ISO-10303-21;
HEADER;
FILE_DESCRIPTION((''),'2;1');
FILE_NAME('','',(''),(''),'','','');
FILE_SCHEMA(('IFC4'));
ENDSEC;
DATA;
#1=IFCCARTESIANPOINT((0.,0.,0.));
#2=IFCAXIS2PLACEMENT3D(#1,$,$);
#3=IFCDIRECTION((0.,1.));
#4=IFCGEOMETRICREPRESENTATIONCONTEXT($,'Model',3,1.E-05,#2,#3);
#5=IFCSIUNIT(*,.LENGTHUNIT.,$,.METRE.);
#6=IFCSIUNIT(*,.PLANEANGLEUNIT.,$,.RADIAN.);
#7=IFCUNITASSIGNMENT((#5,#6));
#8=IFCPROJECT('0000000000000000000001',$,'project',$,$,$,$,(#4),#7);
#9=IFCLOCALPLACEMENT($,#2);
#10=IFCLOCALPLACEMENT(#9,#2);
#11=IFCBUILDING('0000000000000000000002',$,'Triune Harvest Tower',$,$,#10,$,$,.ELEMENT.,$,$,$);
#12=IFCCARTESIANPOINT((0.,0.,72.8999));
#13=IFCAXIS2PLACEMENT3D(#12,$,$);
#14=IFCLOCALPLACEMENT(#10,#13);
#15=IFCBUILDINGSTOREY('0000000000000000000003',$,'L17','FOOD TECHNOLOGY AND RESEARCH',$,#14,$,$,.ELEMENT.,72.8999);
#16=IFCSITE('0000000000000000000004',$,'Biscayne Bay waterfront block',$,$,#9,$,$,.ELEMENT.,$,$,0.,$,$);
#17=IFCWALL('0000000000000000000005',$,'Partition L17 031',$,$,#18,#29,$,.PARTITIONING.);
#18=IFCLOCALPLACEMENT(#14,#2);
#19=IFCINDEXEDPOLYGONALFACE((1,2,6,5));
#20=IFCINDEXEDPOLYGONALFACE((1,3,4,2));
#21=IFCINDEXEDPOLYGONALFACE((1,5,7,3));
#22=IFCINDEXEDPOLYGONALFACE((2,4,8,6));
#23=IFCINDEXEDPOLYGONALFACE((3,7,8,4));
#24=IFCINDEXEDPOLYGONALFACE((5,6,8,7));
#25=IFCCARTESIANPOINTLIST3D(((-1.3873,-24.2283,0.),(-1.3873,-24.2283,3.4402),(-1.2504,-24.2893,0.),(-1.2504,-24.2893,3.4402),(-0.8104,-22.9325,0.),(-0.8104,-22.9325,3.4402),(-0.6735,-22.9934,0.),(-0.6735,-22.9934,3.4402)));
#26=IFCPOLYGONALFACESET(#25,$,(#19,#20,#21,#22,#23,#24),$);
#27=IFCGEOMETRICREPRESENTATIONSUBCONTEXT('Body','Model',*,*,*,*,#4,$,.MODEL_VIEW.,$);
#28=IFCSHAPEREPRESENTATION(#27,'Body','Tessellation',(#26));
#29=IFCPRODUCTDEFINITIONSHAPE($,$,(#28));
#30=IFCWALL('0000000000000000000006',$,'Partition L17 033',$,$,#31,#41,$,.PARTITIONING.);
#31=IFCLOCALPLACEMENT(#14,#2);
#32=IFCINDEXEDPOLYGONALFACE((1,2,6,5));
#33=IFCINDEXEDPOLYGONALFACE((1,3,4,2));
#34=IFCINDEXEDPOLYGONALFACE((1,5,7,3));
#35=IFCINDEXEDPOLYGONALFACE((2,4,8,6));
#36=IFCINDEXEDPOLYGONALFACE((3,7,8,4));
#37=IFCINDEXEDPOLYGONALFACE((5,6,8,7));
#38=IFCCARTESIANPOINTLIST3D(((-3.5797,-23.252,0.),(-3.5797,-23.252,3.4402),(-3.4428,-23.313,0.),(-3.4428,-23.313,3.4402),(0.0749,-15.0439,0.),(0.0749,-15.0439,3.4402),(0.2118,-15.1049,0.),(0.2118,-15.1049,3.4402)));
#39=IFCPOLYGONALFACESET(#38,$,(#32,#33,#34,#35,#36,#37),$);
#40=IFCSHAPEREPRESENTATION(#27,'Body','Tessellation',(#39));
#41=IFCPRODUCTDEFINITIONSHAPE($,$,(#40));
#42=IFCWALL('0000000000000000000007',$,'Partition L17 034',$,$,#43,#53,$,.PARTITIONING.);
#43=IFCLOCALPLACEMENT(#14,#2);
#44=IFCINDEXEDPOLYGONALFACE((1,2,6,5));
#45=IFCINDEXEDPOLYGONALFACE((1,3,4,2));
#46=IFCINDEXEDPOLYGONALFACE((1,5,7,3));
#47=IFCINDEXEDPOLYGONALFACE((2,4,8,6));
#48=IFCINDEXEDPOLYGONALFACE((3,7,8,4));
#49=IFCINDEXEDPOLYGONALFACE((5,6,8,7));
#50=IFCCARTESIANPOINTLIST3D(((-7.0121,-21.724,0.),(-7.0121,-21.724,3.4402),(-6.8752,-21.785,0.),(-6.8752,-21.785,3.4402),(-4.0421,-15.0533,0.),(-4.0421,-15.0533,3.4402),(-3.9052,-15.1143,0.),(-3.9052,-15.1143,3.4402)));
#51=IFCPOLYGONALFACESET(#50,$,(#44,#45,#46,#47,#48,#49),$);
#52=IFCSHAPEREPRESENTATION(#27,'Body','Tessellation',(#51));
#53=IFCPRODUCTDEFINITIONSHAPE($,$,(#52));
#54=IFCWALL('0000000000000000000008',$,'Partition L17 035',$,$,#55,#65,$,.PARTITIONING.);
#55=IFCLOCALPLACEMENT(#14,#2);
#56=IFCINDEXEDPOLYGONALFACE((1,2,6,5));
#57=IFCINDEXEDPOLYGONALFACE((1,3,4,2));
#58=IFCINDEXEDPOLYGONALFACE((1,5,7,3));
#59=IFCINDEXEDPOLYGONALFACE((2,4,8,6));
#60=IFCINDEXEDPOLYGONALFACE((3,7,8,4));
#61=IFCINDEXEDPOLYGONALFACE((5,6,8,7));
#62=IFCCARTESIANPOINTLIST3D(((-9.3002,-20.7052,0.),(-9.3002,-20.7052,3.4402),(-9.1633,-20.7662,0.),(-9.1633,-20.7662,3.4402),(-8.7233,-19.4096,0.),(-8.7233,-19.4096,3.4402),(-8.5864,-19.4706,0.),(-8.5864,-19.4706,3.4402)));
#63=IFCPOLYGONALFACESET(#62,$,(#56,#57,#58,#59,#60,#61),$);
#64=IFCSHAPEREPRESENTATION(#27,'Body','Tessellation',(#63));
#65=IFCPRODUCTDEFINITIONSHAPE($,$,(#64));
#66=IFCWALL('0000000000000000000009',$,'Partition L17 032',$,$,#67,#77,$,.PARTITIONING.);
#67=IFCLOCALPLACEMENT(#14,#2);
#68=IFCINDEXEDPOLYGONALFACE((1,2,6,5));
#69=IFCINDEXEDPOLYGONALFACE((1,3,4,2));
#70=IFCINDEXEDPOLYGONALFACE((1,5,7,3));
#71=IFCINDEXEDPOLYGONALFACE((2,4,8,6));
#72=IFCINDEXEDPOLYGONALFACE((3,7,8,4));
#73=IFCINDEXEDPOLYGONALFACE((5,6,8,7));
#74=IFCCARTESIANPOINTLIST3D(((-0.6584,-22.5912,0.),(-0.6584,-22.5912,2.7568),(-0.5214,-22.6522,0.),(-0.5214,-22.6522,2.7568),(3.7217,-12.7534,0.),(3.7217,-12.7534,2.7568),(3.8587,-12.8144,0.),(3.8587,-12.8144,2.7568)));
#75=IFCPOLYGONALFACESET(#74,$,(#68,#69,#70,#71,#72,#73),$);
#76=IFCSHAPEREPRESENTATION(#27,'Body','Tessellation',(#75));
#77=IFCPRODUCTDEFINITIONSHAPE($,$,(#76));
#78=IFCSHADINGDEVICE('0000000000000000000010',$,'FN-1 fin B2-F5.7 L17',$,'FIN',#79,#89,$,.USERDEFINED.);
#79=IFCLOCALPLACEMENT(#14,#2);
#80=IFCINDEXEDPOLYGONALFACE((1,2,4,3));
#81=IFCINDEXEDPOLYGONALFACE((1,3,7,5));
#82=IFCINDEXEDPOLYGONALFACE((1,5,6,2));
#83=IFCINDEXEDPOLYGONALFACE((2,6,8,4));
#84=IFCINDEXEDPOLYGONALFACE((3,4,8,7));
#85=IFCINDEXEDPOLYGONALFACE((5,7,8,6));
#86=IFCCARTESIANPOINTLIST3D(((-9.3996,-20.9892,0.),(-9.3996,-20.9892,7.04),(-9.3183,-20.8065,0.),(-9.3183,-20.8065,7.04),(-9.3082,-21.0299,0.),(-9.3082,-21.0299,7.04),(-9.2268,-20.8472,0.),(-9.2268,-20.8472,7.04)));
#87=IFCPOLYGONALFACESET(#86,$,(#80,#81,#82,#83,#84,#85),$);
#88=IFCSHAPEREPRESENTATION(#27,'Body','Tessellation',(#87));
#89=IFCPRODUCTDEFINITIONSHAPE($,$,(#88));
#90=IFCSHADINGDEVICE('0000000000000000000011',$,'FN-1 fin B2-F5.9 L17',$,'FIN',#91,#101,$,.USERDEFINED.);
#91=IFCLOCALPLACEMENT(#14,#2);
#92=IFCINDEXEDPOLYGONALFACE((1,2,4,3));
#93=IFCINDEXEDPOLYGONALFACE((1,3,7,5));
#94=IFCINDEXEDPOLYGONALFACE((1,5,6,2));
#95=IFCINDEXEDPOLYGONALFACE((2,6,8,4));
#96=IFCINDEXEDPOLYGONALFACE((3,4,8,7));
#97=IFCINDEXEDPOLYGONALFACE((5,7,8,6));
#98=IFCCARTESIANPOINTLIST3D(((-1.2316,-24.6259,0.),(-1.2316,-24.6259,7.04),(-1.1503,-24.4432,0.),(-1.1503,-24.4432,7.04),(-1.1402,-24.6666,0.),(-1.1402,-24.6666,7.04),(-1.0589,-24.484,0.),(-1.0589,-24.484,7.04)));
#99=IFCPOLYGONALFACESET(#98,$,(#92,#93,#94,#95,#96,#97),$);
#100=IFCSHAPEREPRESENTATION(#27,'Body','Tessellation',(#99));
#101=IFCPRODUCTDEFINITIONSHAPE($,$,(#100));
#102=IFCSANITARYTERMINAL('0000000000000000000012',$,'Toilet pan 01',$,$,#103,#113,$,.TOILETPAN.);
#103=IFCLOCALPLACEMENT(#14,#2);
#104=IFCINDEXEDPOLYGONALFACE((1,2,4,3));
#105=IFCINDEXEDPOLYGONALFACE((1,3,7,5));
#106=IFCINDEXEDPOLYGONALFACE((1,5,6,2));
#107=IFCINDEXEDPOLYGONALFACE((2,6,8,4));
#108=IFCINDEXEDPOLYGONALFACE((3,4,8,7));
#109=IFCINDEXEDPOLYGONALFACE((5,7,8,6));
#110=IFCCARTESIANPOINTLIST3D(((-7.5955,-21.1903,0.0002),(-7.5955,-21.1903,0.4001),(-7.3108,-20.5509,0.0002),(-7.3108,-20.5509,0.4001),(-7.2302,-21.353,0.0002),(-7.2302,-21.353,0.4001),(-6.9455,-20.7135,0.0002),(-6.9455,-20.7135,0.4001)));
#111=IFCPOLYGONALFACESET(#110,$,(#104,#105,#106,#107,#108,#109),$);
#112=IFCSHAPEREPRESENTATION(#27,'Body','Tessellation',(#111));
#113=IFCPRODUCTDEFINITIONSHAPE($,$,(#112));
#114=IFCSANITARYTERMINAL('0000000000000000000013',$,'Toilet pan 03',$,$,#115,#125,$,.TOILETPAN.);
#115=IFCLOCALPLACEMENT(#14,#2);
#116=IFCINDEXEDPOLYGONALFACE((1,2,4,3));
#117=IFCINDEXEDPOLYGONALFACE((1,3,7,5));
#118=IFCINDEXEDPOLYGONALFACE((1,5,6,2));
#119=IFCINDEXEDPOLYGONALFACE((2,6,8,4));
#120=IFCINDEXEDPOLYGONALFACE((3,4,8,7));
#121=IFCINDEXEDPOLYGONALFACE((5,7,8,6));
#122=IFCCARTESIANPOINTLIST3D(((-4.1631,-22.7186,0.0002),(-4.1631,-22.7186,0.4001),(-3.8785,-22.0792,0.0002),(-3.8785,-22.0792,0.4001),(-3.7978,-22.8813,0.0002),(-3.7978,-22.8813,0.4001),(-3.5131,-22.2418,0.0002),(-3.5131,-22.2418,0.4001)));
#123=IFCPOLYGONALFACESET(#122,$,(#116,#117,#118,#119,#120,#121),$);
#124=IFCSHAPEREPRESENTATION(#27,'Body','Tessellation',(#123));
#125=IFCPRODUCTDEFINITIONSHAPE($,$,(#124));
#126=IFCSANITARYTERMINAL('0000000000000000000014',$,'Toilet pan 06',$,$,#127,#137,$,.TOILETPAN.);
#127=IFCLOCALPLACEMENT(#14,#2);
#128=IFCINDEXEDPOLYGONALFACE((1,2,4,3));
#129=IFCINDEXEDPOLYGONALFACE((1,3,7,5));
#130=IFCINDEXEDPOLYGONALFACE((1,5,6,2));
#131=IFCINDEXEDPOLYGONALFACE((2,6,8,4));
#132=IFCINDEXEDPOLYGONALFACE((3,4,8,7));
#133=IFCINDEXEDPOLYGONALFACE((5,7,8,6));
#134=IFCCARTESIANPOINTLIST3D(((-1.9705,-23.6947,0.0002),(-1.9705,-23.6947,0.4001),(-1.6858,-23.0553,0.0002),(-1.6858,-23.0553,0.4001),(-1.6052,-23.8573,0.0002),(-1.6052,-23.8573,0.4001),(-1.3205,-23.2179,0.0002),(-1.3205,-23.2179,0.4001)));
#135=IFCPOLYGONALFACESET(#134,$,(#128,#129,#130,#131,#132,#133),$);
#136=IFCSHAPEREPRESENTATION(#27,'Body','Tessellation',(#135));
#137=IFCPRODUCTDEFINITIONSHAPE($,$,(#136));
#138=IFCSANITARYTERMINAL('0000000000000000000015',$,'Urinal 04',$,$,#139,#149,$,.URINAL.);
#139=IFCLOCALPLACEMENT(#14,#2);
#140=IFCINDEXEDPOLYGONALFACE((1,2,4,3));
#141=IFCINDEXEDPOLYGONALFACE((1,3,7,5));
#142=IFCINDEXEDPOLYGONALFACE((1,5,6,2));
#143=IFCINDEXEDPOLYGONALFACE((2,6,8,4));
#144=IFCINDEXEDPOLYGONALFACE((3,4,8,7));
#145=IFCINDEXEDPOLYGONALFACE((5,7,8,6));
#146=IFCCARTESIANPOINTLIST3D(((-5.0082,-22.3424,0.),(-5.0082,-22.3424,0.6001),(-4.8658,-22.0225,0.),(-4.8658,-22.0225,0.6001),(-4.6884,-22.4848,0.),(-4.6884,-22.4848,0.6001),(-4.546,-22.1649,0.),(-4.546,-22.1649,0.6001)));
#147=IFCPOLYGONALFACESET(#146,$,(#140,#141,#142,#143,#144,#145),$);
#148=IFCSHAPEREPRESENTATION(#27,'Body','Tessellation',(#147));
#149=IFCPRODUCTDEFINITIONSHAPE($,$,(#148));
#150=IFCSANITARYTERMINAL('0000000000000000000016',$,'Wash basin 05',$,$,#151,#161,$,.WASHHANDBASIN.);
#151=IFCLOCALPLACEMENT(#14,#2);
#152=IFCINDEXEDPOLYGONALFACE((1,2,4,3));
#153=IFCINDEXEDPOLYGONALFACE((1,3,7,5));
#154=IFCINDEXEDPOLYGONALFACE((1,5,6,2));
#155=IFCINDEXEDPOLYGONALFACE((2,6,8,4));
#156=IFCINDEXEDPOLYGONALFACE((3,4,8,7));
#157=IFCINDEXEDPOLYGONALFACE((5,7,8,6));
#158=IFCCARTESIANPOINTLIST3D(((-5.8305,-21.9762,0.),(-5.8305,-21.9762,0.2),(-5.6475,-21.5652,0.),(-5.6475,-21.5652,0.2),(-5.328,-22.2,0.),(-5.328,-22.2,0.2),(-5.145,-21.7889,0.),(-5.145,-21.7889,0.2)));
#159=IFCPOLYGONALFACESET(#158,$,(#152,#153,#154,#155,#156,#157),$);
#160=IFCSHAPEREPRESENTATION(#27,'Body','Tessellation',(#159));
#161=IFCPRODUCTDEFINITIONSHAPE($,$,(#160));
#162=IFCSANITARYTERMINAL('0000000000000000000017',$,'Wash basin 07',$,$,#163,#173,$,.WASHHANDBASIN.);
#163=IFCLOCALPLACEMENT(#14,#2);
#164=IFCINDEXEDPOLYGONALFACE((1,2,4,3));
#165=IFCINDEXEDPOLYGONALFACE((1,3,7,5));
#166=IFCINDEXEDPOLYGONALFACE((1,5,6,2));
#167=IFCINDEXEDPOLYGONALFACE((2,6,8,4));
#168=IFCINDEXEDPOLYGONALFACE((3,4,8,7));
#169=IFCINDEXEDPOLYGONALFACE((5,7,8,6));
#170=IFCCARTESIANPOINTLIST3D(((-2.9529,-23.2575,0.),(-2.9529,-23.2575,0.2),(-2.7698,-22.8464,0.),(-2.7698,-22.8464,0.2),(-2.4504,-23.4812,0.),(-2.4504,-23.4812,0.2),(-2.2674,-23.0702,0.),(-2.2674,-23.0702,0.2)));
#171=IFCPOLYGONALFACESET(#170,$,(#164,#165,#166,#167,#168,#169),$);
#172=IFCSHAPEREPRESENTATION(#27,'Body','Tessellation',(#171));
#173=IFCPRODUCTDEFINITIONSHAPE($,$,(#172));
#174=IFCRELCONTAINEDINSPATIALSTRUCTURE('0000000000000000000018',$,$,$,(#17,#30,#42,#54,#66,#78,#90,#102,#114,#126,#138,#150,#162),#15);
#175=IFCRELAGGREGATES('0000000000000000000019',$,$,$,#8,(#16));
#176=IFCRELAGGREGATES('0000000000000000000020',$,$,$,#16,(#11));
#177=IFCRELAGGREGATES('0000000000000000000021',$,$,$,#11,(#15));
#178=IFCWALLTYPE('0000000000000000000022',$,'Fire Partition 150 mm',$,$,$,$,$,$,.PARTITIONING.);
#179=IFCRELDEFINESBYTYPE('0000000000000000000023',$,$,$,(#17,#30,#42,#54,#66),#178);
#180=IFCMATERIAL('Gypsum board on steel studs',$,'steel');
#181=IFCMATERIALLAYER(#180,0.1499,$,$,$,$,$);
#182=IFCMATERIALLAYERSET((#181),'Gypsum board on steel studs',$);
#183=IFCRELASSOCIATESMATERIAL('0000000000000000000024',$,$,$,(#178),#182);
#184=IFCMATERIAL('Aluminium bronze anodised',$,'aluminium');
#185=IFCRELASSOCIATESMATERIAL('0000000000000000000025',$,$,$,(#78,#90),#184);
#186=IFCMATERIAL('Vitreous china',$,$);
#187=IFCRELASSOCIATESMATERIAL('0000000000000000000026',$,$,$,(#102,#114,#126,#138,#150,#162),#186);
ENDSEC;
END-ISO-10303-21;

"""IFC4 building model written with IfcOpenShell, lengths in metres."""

from ifc_helpers import new_model, si_unit, direction, frame, frame_2d, origin, origin_2d, place, context, subcontext, project, spatial, rectangle, extrude, source, transform, mapped, material, layer, layer_set, type_object, element, save


model = new_model("IFC4")

# Units and contexts
model_context = context("Model", 3, precision=1e-05, world=origin(), true_north=direction((0.0, 1.0)))
body_context = subcontext(model_context, "Body", "Model", "MODEL_VIEW")
ifc_project = project(units=[si_unit("LENGTHUNIT", "METRE"), si_unit("PLANEANGLEUNIT", "RADIAN")], contexts=[model_context])

# Site, building, storey
site_placement = place(None, origin())
site = spatial("IfcSite", under=ifc_project, at=site_placement, Name="Biscayne Bay waterfront block", CompositionType="ELEMENT", RefElevation=0.0)
building_placement = place(site_placement, origin())
building = spatial("IfcBuilding", under=site, at=building_placement, Name="Triune Harvest Tower", CompositionType="ELEMENT")
storey_placement = place(building_placement, frame((0.0, 0.0, 72.8999)))
storey = spatial("IfcBuildingStorey", under=building, at=storey_placement, Name="L17", Description="FOOD TECHNOLOGY AND RESEARCH", CompositionType="ELEMENT", Elevation=72.8999)

# Walls
ifc_material_1 = material(Name="Gypsum board on steel studs", Category="steel")
ifc_layer_1 = layer(ifc_material_1, 0.1499)
ifc_layer_set_1 = layer_set([ifc_layer_1], Name="Gypsum board on steel studs")
wall_type = type_object("IfcWallType", Name="Fire Partition 150 mm", PredefinedType="PARTITIONING", material=ifc_layer_set_1)
wall_1_placement = place(storey_placement, frame((-1.3188, -24.2588, 0.0), z_axis=(0.0, 0.0, 1.0), x_axis=(0.406697, 0.913563, 0.0)))
element("IfcWall", 1, at=wall_1_placement, inside=storey, type_object=wall_type, Name="Partition L17 031", PredefinedType="PARTITIONING", context=body_context, shape_type="SweptSolid", body=[
    extrude(rectangle(XDim=1.4185, YDim=0.1499, at=frame_2d((0.7092, 0.0))), origin(), (0.0, 0.0, 1.0), 3.4402),
])
wall_2_placement = place(storey_placement, frame((-3.5112, -23.2825, 0.0), z_axis=(0.0, 0.0, 1.0), x_axis=(0.406746, 0.913541, 0.0)))
element("IfcWall", 2, at=wall_2_placement, inside=storey, type_object=wall_type, Name="Partition L17 033", PredefinedType="PARTITIONING", context=body_context, shape_type="SweptSolid", body=[
    extrude(rectangle(XDim=8.9849, YDim=0.1499, at=frame_2d((4.4924, 0.0))), origin(), (0.0, 0.0, 1.0), 3.4402),
])
wall_3_placement = place(storey_placement, frame((-6.9436, -21.7544, 0.0), z_axis=(0.0, 0.0, 1.0), x_axis=(0.406737, 0.913545, 0.0)))
element("IfcWall", 3, at=wall_3_placement, inside=storey, type_object=wall_type, Name="Partition L17 034", PredefinedType="PARTITIONING", context=body_context, shape_type="SweptSolid", body=[
    extrude(rectangle(XDim=7.302, YDim=0.1499, at=frame_2d((3.6509, 0.0))), origin(), (0.0, 0.0, 1.0), 3.4402),
])
wall_4_placement = place(storey_placement, frame((-9.2317, -20.7356, 0.0), z_axis=(0.0, 0.0, 1.0), x_axis=(0.406761, 0.913534, 0.0)))
element("IfcWall", 4, at=wall_4_placement, inside=storey, type_object=wall_type, Name="Partition L17 035", PredefinedType="PARTITIONING", context=body_context, shape_type="SweptSolid", body=[
    extrude(rectangle(XDim=1.4182, YDim=0.1499, at=frame_2d((0.709, 0.0))), origin(), (0.0, 0.0, 1.0), 3.4402),
])
shared_shape_1 = source(origin(), body_context, "Body", "SweptSolid", [
    extrude(rectangle(XDim=10.7688, YDim=0.1499, at=frame_2d((5.3843, 0.0))), origin(), (0.0, 0.0, 1.0), 2.7568),
])
wall_5_placement = place(storey_placement, frame((-0.5898, -22.6216, 0.0), z_axis=(0.0, 0.0, 1.0), x_axis=(0.406738, 0.913545, 0.0)))
element("IfcWall", 5, at=wall_5_placement, inside=storey, type_object=wall_type, Name="Partition L17 032", PredefinedType="PARTITIONING", context=body_context, shape_type="MappedRepresentation", body=[
    mapped(shared_shape_1, transform((0.0, 0.0, 0.0), scale=1.0)),
])

# Shading devices
ifc_material_2 = material(Name="Aluminium bronze anodised", Category="aluminium")
shared_shape_2 = source(origin(), body_context, "Body", "SweptSolid", [
    extrude(rectangle(XDim=0.1001, YDim=0.2, at=origin_2d()), origin(), (0.0, 0.0, 1.0), 7.04),
])
for number, where, z_axis, x_axis, name in (
    (6, (-9.3132, -20.9182, 0.0), (0.0, 0.0, 1.0), (0.913545, -0.406737, 0.0), "FN-1 fin B2-F5.7 L17"),
    (7, (-1.1453, -24.5549, 0.0), (0.0, 0.0, 1.0), (0.913545, -0.406737, 0.0), "FN-1 fin B2-F5.9 L17"),
):
    element("IfcShadingDevice", number, at=place(storey_placement, frame(where, z_axis=z_axis, x_axis=x_axis)), inside=storey, material=ifc_material_2, Name=name, ObjectType="FIN", PredefinedType="USERDEFINED", context=body_context, shape_type="MappedRepresentation", body=[
        mapped(shared_shape_2, transform((0.0, 0.0, 0.0), scale=1.0)),
    ])

# Sanitary terminals
ifc_material_3 = material(Name="Vitreous china")
shared_shape_3 = source(origin(), body_context, "Body", "SweptSolid", [
    extrude(rectangle(XDim=0.3999, YDim=0.7, at=origin_2d()), origin(), (0.0, 0.0, 1.0), 0.3999),
])
for number, where, z_axis, x_axis, name in (
    (8, (-7.2705, -20.9519, 0.0002), (0.0, 0.0, 1.0), (-0.913538, 0.406753, 0.0), "Toilet pan 01"),
    (9, (-3.8381, -22.4802, 0.0002), (0.0, 0.0, 1.0), (-0.913553, 0.406721, 0.0), "Toilet pan 03"),
    (10, (-1.6455, -23.4563, 0.0002), (0.0, 0.0, 1.0), (-0.913538, 0.406753, 0.0), "Toilet pan 06"),
):
    element("IfcSanitaryTerminal", number, at=place(storey_placement, frame(where, z_axis=z_axis, x_axis=x_axis)), inside=storey, material=ifc_material_3, Name=name, PredefinedType="TOILETPAN", context=body_context, shape_type="MappedRepresentation", body=[
        mapped(shared_shape_3, transform((0.0, 0.0, 0.0), scale=1.0)),
    ])
shared_shape_4 = source(origin(), body_context, "Body", "SweptSolid", [
    extrude(rectangle(XDim=0.3501, YDim=0.3501, at=origin_2d()), origin(), (0.0, 0.0, 1.0), 0.6001),
])
sanitary_terminal_placement = place(storey_placement, frame((-4.7771, -22.2537, 0.0), z_axis=(0.0, 0.0, 1.0), x_axis=(-0.913553, 0.406721, 0.0)))
element("IfcSanitaryTerminal", 11, at=sanitary_terminal_placement, inside=storey, material=ifc_material_3, Name="Urinal 04", PredefinedType="URINAL", context=body_context, shape_type="MappedRepresentation", body=[
    mapped(shared_shape_4, transform((0.0, 0.0, 0.0), scale=1.0)),
])
shared_shape_5 = source(origin(), body_context, "Body", "SweptSolid", [
    extrude(rectangle(XDim=0.55, YDim=0.45, at=origin_2d()), origin(), (0.0, 0.0, 1.0), 0.2),
])
for number, where, z_axis, x_axis, name in (
    (12, (-5.4878, -21.8826, 0.0), (0.0, 0.0, 1.0), (-0.913553, 0.406721, 0.0), "Wash basin 05"),
    (13, (-2.6101, -23.1638, 0.0), (0.0, 0.0, 1.0), (-0.913538, 0.406753, 0.0), "Wash basin 07"),
):
    element("IfcSanitaryTerminal", number, at=place(storey_placement, frame(where, z_axis=z_axis, x_axis=x_axis)), inside=storey, material=ifc_material_3, Name=name, PredefinedType="WASHHANDBASIN", context=body_context, shape_type="MappedRepresentation", body=[
        mapped(shared_shape_5, transform((0.0, 0.0, 0.0), scale=1.0)),
    ])

save(model, "model.ifc")
